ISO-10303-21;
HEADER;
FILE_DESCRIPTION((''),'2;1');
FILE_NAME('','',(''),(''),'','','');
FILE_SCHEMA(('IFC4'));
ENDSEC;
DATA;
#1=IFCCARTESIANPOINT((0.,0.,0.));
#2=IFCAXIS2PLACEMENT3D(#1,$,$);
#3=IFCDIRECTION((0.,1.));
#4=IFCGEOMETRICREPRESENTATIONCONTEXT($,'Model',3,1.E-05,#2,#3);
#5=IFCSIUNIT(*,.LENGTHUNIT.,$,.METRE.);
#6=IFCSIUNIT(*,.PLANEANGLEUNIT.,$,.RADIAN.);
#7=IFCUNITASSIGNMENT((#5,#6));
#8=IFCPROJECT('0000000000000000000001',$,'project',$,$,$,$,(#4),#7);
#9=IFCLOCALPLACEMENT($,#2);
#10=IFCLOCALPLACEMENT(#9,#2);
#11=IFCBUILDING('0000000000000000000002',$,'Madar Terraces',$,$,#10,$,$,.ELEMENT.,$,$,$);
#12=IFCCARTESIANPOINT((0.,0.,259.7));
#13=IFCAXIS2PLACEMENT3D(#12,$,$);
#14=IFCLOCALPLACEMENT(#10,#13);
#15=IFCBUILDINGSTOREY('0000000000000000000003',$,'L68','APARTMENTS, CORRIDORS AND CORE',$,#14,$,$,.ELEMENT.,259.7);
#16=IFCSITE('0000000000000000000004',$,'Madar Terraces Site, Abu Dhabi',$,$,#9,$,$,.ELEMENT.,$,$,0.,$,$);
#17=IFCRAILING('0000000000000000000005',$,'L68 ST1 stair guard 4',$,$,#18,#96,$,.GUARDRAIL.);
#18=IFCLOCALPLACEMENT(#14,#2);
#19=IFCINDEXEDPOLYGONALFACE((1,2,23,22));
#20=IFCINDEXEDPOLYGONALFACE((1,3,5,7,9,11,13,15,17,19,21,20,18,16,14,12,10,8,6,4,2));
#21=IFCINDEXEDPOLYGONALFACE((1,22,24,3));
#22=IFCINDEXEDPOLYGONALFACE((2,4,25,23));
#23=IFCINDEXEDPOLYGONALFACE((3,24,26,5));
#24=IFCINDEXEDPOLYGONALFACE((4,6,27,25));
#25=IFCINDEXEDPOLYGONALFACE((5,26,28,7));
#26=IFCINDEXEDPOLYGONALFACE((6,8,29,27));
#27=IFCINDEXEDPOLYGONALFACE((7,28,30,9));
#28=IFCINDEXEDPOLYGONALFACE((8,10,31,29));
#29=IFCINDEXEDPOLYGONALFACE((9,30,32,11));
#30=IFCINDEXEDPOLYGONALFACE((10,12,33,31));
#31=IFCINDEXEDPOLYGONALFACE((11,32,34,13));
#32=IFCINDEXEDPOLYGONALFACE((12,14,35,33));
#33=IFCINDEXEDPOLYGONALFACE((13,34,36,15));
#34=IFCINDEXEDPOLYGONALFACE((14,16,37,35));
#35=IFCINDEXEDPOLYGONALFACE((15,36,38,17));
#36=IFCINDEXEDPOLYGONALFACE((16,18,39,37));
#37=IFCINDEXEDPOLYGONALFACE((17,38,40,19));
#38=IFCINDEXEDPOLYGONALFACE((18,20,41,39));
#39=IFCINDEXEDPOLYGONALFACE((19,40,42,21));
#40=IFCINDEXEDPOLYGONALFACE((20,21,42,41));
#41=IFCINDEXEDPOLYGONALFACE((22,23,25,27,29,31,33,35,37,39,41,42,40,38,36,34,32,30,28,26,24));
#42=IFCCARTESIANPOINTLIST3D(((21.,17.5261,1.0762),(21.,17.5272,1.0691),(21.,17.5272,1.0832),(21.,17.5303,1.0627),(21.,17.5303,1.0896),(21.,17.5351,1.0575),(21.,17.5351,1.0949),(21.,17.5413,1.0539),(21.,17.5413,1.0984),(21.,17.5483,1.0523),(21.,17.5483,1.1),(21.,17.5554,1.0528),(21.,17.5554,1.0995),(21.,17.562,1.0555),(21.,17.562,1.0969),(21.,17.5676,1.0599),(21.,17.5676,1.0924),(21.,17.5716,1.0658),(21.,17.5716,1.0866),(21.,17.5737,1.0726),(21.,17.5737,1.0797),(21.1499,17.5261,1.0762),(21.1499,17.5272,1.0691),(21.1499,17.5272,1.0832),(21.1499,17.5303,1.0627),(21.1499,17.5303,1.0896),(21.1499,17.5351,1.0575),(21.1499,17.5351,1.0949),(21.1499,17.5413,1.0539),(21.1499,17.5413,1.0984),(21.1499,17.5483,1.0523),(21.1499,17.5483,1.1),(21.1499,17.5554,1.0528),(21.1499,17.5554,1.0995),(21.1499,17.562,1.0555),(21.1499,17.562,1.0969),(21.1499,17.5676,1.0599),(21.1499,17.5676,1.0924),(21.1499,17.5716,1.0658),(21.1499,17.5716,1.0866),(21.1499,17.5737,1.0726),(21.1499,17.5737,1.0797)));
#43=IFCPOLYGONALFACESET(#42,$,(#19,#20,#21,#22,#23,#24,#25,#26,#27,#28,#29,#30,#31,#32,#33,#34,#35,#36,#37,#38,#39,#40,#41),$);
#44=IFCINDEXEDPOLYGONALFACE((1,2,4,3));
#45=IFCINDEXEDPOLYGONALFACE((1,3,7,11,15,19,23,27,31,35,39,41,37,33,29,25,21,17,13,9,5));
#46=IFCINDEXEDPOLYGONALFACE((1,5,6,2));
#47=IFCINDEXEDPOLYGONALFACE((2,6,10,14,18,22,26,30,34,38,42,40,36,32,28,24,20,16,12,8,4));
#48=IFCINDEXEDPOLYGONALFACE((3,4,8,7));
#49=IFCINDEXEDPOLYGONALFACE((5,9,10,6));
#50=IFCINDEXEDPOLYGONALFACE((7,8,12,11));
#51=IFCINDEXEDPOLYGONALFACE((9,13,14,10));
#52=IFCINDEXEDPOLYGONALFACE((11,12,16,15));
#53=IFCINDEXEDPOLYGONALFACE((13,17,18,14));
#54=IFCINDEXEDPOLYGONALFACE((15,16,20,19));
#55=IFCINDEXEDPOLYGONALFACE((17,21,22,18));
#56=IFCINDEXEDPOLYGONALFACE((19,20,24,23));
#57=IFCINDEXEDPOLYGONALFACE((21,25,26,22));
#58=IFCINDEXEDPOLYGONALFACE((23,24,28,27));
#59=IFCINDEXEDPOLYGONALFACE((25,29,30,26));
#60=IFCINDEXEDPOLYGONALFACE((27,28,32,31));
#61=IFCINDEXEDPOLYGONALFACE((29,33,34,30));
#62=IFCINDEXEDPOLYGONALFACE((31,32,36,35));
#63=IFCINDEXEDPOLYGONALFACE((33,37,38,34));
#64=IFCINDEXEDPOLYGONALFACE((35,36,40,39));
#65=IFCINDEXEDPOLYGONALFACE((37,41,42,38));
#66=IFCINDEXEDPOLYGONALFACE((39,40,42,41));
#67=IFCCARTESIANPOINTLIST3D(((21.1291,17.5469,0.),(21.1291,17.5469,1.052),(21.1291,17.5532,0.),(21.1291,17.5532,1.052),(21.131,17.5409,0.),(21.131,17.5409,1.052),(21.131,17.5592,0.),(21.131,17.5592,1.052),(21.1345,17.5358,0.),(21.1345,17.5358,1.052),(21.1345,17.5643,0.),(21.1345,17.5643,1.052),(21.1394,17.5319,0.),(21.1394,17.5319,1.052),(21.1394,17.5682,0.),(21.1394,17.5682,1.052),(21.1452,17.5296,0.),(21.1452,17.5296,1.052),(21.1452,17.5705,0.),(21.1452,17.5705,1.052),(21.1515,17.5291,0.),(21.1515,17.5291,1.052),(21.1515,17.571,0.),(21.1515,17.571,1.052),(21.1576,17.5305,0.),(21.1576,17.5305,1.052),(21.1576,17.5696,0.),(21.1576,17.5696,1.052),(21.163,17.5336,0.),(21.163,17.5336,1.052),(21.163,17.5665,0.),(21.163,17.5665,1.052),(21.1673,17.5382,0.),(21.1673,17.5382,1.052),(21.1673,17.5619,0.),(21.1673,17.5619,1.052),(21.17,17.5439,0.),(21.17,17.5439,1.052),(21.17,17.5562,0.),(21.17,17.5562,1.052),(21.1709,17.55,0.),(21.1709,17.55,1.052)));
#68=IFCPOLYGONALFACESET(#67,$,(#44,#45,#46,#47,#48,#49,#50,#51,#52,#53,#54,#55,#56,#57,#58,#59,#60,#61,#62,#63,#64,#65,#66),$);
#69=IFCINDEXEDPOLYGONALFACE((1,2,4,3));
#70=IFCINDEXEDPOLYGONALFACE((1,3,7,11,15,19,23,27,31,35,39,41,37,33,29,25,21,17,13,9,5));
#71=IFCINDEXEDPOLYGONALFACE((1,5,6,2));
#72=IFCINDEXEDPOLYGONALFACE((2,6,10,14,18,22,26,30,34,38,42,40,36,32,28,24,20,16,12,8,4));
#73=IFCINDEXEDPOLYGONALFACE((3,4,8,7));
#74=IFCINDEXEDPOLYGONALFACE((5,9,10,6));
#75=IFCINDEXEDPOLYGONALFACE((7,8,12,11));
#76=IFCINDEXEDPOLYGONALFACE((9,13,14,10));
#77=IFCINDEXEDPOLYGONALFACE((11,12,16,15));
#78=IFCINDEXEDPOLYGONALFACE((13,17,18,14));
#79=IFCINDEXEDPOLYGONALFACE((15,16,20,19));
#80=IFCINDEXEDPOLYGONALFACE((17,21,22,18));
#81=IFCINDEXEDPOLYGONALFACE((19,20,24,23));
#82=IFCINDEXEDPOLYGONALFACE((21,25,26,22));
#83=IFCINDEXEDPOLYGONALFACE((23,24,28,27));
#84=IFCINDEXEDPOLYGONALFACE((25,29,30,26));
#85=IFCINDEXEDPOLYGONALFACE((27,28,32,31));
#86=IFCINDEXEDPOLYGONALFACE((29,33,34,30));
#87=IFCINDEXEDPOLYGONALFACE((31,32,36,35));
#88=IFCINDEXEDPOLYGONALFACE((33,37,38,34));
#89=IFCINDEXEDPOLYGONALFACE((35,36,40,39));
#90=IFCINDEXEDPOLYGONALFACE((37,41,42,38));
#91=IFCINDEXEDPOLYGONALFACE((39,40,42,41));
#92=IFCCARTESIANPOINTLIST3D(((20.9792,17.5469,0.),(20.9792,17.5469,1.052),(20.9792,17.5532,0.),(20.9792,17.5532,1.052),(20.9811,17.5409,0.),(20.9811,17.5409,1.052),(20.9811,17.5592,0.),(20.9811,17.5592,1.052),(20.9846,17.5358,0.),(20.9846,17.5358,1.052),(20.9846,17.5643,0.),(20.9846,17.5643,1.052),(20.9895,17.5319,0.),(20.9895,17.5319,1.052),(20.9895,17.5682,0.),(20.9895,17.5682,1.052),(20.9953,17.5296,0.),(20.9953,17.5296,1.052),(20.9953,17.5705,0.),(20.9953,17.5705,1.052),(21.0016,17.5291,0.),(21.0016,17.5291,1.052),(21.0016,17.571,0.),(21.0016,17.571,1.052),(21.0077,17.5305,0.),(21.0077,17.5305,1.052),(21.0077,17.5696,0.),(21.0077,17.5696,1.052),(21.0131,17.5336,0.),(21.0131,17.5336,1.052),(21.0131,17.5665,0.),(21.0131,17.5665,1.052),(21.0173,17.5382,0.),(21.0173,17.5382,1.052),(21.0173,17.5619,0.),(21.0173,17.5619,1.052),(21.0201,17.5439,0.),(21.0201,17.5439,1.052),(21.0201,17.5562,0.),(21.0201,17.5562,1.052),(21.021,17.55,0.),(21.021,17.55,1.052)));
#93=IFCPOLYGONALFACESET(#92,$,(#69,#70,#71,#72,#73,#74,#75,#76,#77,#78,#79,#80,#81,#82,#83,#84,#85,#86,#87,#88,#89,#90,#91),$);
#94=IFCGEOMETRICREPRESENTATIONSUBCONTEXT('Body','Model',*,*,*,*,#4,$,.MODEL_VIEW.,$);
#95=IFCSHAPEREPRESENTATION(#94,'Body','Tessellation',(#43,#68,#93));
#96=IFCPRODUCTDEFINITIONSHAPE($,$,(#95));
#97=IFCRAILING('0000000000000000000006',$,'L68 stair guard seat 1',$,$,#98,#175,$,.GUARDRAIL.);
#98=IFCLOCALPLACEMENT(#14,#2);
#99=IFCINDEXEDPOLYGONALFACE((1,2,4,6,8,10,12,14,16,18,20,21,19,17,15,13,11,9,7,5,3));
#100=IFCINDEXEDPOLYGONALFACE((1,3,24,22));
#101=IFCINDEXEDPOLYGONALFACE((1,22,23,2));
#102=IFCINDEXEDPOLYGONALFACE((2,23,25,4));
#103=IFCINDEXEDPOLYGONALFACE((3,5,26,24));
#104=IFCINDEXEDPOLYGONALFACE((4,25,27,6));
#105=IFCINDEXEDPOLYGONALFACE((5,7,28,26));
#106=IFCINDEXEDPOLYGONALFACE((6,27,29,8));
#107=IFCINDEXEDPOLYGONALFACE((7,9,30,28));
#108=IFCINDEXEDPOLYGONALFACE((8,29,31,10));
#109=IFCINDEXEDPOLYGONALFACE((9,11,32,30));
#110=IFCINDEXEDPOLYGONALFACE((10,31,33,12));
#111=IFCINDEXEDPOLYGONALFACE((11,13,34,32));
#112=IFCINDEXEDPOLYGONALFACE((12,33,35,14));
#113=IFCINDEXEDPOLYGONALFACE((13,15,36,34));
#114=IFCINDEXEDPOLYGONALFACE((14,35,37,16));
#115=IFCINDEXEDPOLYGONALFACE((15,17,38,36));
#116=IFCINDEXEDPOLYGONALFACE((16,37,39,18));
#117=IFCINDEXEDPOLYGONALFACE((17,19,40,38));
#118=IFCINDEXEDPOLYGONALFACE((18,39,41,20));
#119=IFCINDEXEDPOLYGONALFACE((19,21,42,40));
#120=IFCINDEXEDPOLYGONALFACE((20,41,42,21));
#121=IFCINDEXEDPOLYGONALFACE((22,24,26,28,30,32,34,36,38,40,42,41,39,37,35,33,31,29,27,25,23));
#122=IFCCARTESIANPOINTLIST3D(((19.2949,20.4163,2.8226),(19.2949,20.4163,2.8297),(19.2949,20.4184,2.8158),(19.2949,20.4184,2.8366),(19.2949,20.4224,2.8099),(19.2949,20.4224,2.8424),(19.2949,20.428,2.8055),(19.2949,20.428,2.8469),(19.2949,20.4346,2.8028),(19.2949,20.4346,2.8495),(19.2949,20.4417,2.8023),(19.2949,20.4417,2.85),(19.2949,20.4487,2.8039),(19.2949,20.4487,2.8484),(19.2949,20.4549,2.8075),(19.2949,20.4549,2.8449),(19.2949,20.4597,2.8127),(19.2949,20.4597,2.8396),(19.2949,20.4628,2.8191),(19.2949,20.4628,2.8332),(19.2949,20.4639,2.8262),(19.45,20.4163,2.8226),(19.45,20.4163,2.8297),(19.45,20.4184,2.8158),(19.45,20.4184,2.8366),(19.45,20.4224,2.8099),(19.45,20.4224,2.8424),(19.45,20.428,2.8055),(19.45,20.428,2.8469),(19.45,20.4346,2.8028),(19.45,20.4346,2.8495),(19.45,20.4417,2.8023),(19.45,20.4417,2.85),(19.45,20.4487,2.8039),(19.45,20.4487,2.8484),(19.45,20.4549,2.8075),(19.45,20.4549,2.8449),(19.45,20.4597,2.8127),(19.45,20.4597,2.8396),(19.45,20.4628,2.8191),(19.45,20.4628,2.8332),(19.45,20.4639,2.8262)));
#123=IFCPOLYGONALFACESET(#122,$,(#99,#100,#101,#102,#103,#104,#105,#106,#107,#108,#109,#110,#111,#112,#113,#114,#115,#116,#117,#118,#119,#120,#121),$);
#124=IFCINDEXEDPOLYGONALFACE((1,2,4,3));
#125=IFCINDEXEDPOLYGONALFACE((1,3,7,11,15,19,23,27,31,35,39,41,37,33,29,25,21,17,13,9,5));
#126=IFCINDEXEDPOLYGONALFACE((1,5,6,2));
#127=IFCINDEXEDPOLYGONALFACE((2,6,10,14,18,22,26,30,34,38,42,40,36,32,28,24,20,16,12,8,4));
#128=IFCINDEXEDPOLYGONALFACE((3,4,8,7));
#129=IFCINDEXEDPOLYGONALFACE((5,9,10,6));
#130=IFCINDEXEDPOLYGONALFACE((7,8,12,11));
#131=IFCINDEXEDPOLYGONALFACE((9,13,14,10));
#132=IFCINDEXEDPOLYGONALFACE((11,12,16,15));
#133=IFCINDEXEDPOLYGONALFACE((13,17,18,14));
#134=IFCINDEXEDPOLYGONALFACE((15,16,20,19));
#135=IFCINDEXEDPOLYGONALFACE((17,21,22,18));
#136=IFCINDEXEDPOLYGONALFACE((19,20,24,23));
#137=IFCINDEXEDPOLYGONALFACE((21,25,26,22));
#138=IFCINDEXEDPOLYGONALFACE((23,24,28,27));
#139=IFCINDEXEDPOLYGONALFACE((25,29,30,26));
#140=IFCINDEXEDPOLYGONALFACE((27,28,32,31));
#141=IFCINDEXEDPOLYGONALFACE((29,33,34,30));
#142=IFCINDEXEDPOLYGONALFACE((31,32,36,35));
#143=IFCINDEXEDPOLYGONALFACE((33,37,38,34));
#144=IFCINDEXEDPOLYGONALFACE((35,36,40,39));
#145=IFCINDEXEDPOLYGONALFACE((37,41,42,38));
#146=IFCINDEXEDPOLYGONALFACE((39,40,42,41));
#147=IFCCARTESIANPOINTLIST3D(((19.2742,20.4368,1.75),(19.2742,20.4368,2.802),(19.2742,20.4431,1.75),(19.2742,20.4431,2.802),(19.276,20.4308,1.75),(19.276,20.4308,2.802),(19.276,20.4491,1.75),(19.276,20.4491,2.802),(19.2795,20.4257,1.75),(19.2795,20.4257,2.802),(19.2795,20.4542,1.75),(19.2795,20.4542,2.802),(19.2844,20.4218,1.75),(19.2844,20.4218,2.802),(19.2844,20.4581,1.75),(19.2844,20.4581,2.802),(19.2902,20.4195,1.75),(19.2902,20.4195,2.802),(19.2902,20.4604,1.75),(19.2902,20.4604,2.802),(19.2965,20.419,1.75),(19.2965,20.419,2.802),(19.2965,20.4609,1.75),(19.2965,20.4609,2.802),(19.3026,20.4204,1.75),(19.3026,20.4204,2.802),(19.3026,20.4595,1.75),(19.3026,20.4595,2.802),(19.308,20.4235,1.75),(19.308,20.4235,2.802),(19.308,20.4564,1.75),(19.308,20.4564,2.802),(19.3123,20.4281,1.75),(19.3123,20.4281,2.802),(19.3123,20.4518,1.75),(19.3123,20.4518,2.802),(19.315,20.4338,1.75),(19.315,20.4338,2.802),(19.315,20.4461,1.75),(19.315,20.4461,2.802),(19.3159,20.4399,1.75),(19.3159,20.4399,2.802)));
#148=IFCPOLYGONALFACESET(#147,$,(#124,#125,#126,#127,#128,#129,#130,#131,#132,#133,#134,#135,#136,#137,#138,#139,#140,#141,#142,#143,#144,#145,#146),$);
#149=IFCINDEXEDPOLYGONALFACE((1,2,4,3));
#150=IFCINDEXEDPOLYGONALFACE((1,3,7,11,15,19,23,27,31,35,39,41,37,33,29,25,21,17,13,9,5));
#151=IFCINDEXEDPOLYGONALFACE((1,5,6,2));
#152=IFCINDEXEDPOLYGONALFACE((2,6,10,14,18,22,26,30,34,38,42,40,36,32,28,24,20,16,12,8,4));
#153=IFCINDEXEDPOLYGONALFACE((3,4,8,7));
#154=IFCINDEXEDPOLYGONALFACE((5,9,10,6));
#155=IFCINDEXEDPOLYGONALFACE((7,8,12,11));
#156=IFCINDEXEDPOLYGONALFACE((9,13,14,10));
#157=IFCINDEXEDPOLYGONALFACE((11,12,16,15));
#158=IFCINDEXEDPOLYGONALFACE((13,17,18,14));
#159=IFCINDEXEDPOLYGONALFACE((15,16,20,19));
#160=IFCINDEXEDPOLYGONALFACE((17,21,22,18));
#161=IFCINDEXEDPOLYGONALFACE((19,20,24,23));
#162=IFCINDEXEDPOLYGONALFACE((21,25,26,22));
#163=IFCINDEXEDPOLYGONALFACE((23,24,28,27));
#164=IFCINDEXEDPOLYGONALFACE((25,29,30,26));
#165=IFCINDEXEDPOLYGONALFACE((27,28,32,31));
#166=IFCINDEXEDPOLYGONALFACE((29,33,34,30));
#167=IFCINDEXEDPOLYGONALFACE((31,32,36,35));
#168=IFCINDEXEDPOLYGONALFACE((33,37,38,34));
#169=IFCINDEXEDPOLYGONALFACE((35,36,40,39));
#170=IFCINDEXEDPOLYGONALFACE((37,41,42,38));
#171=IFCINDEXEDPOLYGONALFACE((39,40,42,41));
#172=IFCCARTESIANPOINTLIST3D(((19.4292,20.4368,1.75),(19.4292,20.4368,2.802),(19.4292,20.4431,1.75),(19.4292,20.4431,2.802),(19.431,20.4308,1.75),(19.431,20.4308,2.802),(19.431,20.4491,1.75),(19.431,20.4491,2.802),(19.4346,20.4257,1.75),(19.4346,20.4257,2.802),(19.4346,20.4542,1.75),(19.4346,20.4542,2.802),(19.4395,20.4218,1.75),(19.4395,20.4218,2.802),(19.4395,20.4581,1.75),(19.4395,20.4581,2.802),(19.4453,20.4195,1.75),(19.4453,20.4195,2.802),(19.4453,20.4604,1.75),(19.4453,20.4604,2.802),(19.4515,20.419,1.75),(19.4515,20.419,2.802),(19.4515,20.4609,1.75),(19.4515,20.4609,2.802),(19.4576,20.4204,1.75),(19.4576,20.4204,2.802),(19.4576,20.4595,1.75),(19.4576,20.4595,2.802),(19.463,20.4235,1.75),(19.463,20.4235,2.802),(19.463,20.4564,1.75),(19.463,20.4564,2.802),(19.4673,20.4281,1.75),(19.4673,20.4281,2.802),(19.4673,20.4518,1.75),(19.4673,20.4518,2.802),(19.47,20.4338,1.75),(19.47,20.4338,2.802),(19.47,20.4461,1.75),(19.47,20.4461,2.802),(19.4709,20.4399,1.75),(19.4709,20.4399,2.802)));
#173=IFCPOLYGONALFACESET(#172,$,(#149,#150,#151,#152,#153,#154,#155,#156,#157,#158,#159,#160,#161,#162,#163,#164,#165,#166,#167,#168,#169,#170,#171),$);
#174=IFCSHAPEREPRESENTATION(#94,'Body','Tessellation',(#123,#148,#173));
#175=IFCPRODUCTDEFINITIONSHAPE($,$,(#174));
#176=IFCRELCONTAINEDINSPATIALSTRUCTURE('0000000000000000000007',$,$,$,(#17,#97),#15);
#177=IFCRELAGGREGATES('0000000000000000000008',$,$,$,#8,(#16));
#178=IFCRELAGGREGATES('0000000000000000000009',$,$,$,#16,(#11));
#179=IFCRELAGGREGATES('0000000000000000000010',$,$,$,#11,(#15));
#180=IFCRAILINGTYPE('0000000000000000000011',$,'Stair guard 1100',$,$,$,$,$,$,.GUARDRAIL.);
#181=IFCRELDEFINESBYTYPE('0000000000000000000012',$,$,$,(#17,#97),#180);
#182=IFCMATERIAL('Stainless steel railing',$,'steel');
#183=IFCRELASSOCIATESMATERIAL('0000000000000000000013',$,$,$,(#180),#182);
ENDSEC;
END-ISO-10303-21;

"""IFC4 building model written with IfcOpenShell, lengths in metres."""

from ifc_helpers import new_model, si_unit, direction, frame, origin, origin_2d, place, context, subcontext, project, spatial, circle, extrude, material, type_object, element, save


model = new_model("IFC4")

# Units and contexts
model_context = context("Model", 3, precision=1e-05, world=origin(), true_north=direction((0.0, 1.0)))
body_context = subcontext(model_context, "Body", "Model", "MODEL_VIEW")
ifc_project = project(units=[si_unit("LENGTHUNIT", "METRE"), si_unit("PLANEANGLEUNIT", "RADIAN")], contexts=[model_context])

# Site, building, storey
site_placement = place(None, origin())
site = spatial("IfcSite", under=ifc_project, at=site_placement, Name="Madar Terraces Site, Abu Dhabi", CompositionType="ELEMENT", RefElevation=0.0)
building_placement = place(site_placement, origin())
building = spatial("IfcBuilding", under=site, at=building_placement, Name="Madar Terraces", CompositionType="ELEMENT")
storey_placement = place(building_placement, frame((0.0, 0.0, 259.7)))
storey = spatial("IfcBuildingStorey", under=building, at=storey_placement, Name="L68", Description="APARTMENTS, CORRIDORS AND CORE", CompositionType="ELEMENT", Elevation=259.7)

# Railings
ifc_material_1 = material(Name="Stainless steel railing", Category="steel")
railing_type_1 = type_object("IfcRailingType", Name="Stair guard 1100", PredefinedType="GUARDRAIL", material=ifc_material_1)
railing_1_placement = place(storey_placement, frame((21.1499, 17.55, 0.0)))
element("IfcRailing", 1, at=railing_1_placement, inside=storey, type_object=railing_type_1, Name="L68 ST1 stair guard 4", PredefinedType="GUARDRAIL", context=body_context, shape_type="SweptSolid", body=[
    extrude(circle(Radius=0.0239, at=origin_2d()), frame((0.0, 0.0, 1.0762), z_axis=(-1.0, 0.0, 0.0), x_axis=(0.0, -1.0, 0.0)), (0.0, 0.0, 1.0), 0.1499),
    extrude(circle(Radius=0.021, at=origin_2d()), origin(), (0.0, 0.0, 1.0), 1.052),
    extrude(circle(Radius=0.021, at=origin_2d()), frame((-0.1499, 0.0, 0.0)), (0.0, 0.0, 1.0), 1.052),
])
for number, where, name in (
    (2, (19.2949, 20.4399, 1.75), "L68 stair guard seat 1"),
):
    element("IfcRailing", number, at=place(storey_placement, frame(where)), inside=storey, type_object=railing_type_1, Name=name, PredefinedType="GUARDRAIL", context=body_context, shape_type="SweptSolid", body=[
        extrude(circle(Radius=0.0239, at=origin_2d()), frame((0.0, 0.0, 1.0762), z_axis=(1.0, 0.0, 0.0), x_axis=(0.0, 1.0, 0.0)), (0.0, 0.0, 1.0), 0.155),
        extrude(circle(Radius=0.021, at=origin_2d()), origin(), (0.0, 0.0, 1.0), 1.052),
        extrude(circle(Radius=0.021, at=origin_2d()), frame((0.155, 0.0, 0.0)), (0.0, 0.0, 1.0), 1.052),
    ])

save(model, "model.ifc")
